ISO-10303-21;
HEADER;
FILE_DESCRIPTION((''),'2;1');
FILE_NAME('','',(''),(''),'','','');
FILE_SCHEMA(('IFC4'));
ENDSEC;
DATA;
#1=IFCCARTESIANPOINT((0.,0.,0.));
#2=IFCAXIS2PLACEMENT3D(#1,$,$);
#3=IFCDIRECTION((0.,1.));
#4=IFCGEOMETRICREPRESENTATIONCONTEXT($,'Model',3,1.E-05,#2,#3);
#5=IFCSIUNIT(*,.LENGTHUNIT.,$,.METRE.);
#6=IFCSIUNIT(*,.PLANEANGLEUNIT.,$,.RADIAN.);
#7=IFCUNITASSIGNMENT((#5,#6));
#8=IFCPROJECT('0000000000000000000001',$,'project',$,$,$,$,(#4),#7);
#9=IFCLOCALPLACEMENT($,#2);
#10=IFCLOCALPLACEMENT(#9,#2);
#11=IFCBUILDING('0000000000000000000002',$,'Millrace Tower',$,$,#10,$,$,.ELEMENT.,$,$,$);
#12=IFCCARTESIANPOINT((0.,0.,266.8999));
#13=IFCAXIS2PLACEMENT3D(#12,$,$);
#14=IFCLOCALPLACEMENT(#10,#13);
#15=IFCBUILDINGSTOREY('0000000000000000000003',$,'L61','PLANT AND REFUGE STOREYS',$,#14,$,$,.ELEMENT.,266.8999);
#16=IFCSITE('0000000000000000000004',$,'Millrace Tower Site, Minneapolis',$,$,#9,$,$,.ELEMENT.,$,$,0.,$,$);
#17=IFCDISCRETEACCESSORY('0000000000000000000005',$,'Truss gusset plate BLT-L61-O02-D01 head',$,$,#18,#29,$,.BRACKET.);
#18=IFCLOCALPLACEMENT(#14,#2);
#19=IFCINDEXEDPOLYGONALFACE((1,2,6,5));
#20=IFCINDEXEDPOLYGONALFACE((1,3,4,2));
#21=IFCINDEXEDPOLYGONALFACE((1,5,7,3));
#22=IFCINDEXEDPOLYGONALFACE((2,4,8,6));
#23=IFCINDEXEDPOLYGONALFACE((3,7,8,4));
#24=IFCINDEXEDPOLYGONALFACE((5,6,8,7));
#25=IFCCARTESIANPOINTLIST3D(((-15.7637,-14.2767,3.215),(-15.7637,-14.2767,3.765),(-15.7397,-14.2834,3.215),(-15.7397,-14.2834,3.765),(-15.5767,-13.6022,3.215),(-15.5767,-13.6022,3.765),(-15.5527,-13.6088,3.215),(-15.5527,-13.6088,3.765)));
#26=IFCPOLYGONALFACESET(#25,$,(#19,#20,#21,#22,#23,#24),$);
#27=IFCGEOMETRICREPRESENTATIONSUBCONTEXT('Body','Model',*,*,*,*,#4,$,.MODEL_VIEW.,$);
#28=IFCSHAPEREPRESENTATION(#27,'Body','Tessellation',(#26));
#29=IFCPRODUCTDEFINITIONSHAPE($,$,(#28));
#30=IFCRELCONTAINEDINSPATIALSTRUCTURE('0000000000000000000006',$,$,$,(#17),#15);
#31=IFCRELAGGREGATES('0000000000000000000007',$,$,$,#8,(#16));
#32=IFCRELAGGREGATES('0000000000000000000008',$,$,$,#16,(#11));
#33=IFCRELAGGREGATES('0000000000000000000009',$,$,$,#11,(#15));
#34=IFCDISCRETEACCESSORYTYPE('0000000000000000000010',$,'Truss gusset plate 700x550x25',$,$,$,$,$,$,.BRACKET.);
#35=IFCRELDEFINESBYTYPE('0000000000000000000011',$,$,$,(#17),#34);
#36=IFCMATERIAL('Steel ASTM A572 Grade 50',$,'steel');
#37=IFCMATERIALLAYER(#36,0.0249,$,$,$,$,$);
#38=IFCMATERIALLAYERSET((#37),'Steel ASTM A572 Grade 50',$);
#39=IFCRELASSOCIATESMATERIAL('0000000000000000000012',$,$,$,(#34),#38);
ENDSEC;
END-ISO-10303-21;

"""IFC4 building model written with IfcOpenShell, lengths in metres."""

from ifc_helpers import new_model, si_unit, direction, frame, origin, origin_2d, place, context, subcontext, project, spatial, rectangle, extrude, material, layer, layer_set, type_object, element, save


model = new_model("IFC4")

# Units and contexts
model_context = context("Model", 3, precision=1e-05, world=origin(), true_north=direction((0.0, 1.0)))
body_context = subcontext(model_context, "Body", "Model", "MODEL_VIEW")
ifc_project = project(units=[si_unit("LENGTHUNIT", "METRE"), si_unit("PLANEANGLEUNIT", "RADIAN")], contexts=[model_context])

# Site, building, storey
site_placement = place(None, origin())
site = spatial("IfcSite", under=ifc_project, at=site_placement, Name="Millrace Tower Site, Minneapolis", CompositionType="ELEMENT", RefElevation=0.0)
building_placement = place(site_placement, origin())
building = spatial("IfcBuilding", under=site, at=building_placement, Name="Millrace Tower", CompositionType="ELEMENT")
storey_placement = place(building_placement, frame((0.0, 0.0, 266.8999)))
storey = spatial("IfcBuildingStorey", under=building, at=storey_placement, Name="L61", Description="PLANT AND REFUGE STOREYS", CompositionType="ELEMENT", Elevation=266.8999)

# Discrete accessory
ifc_material_1 = material(Name="Steel ASTM A572 Grade 50", Category="steel")
ifc_layer_1 = layer(ifc_material_1, 0.0249)
ifc_layer_set_1 = layer_set([ifc_layer_1], Name="Steel ASTM A572 Grade 50")
discrete_accessory_type = type_object("IfcDiscreteAccessoryType", Name="Truss gusset plate 700x550x25", PredefinedType="BRACKET", material=ifc_layer_set_1)
for number, where, z_axis, x_axis, name in (
    (1, (-15.7517, -14.28, 3.49), (0.267158, 0.963653, 0.0), (-0.963653, 0.267158, 0.0), "Truss gusset plate BLT-L61-O02-D01 head"),
):
    element("IfcDiscreteAccessory", number, at=place(storey_placement, frame(where, z_axis=z_axis, x_axis=x_axis)), inside=storey, type_object=discrete_accessory_type, Name=name, PredefinedType="BRACKET", context=body_context, shape_type="SweptSolid", body=[
        extrude(rectangle(XDim=0.0249, YDim=0.55, at=origin_2d()), origin(), (0.0, 0.0, 1.0), 0.7),
    ])

save(model, "model.ifc")
